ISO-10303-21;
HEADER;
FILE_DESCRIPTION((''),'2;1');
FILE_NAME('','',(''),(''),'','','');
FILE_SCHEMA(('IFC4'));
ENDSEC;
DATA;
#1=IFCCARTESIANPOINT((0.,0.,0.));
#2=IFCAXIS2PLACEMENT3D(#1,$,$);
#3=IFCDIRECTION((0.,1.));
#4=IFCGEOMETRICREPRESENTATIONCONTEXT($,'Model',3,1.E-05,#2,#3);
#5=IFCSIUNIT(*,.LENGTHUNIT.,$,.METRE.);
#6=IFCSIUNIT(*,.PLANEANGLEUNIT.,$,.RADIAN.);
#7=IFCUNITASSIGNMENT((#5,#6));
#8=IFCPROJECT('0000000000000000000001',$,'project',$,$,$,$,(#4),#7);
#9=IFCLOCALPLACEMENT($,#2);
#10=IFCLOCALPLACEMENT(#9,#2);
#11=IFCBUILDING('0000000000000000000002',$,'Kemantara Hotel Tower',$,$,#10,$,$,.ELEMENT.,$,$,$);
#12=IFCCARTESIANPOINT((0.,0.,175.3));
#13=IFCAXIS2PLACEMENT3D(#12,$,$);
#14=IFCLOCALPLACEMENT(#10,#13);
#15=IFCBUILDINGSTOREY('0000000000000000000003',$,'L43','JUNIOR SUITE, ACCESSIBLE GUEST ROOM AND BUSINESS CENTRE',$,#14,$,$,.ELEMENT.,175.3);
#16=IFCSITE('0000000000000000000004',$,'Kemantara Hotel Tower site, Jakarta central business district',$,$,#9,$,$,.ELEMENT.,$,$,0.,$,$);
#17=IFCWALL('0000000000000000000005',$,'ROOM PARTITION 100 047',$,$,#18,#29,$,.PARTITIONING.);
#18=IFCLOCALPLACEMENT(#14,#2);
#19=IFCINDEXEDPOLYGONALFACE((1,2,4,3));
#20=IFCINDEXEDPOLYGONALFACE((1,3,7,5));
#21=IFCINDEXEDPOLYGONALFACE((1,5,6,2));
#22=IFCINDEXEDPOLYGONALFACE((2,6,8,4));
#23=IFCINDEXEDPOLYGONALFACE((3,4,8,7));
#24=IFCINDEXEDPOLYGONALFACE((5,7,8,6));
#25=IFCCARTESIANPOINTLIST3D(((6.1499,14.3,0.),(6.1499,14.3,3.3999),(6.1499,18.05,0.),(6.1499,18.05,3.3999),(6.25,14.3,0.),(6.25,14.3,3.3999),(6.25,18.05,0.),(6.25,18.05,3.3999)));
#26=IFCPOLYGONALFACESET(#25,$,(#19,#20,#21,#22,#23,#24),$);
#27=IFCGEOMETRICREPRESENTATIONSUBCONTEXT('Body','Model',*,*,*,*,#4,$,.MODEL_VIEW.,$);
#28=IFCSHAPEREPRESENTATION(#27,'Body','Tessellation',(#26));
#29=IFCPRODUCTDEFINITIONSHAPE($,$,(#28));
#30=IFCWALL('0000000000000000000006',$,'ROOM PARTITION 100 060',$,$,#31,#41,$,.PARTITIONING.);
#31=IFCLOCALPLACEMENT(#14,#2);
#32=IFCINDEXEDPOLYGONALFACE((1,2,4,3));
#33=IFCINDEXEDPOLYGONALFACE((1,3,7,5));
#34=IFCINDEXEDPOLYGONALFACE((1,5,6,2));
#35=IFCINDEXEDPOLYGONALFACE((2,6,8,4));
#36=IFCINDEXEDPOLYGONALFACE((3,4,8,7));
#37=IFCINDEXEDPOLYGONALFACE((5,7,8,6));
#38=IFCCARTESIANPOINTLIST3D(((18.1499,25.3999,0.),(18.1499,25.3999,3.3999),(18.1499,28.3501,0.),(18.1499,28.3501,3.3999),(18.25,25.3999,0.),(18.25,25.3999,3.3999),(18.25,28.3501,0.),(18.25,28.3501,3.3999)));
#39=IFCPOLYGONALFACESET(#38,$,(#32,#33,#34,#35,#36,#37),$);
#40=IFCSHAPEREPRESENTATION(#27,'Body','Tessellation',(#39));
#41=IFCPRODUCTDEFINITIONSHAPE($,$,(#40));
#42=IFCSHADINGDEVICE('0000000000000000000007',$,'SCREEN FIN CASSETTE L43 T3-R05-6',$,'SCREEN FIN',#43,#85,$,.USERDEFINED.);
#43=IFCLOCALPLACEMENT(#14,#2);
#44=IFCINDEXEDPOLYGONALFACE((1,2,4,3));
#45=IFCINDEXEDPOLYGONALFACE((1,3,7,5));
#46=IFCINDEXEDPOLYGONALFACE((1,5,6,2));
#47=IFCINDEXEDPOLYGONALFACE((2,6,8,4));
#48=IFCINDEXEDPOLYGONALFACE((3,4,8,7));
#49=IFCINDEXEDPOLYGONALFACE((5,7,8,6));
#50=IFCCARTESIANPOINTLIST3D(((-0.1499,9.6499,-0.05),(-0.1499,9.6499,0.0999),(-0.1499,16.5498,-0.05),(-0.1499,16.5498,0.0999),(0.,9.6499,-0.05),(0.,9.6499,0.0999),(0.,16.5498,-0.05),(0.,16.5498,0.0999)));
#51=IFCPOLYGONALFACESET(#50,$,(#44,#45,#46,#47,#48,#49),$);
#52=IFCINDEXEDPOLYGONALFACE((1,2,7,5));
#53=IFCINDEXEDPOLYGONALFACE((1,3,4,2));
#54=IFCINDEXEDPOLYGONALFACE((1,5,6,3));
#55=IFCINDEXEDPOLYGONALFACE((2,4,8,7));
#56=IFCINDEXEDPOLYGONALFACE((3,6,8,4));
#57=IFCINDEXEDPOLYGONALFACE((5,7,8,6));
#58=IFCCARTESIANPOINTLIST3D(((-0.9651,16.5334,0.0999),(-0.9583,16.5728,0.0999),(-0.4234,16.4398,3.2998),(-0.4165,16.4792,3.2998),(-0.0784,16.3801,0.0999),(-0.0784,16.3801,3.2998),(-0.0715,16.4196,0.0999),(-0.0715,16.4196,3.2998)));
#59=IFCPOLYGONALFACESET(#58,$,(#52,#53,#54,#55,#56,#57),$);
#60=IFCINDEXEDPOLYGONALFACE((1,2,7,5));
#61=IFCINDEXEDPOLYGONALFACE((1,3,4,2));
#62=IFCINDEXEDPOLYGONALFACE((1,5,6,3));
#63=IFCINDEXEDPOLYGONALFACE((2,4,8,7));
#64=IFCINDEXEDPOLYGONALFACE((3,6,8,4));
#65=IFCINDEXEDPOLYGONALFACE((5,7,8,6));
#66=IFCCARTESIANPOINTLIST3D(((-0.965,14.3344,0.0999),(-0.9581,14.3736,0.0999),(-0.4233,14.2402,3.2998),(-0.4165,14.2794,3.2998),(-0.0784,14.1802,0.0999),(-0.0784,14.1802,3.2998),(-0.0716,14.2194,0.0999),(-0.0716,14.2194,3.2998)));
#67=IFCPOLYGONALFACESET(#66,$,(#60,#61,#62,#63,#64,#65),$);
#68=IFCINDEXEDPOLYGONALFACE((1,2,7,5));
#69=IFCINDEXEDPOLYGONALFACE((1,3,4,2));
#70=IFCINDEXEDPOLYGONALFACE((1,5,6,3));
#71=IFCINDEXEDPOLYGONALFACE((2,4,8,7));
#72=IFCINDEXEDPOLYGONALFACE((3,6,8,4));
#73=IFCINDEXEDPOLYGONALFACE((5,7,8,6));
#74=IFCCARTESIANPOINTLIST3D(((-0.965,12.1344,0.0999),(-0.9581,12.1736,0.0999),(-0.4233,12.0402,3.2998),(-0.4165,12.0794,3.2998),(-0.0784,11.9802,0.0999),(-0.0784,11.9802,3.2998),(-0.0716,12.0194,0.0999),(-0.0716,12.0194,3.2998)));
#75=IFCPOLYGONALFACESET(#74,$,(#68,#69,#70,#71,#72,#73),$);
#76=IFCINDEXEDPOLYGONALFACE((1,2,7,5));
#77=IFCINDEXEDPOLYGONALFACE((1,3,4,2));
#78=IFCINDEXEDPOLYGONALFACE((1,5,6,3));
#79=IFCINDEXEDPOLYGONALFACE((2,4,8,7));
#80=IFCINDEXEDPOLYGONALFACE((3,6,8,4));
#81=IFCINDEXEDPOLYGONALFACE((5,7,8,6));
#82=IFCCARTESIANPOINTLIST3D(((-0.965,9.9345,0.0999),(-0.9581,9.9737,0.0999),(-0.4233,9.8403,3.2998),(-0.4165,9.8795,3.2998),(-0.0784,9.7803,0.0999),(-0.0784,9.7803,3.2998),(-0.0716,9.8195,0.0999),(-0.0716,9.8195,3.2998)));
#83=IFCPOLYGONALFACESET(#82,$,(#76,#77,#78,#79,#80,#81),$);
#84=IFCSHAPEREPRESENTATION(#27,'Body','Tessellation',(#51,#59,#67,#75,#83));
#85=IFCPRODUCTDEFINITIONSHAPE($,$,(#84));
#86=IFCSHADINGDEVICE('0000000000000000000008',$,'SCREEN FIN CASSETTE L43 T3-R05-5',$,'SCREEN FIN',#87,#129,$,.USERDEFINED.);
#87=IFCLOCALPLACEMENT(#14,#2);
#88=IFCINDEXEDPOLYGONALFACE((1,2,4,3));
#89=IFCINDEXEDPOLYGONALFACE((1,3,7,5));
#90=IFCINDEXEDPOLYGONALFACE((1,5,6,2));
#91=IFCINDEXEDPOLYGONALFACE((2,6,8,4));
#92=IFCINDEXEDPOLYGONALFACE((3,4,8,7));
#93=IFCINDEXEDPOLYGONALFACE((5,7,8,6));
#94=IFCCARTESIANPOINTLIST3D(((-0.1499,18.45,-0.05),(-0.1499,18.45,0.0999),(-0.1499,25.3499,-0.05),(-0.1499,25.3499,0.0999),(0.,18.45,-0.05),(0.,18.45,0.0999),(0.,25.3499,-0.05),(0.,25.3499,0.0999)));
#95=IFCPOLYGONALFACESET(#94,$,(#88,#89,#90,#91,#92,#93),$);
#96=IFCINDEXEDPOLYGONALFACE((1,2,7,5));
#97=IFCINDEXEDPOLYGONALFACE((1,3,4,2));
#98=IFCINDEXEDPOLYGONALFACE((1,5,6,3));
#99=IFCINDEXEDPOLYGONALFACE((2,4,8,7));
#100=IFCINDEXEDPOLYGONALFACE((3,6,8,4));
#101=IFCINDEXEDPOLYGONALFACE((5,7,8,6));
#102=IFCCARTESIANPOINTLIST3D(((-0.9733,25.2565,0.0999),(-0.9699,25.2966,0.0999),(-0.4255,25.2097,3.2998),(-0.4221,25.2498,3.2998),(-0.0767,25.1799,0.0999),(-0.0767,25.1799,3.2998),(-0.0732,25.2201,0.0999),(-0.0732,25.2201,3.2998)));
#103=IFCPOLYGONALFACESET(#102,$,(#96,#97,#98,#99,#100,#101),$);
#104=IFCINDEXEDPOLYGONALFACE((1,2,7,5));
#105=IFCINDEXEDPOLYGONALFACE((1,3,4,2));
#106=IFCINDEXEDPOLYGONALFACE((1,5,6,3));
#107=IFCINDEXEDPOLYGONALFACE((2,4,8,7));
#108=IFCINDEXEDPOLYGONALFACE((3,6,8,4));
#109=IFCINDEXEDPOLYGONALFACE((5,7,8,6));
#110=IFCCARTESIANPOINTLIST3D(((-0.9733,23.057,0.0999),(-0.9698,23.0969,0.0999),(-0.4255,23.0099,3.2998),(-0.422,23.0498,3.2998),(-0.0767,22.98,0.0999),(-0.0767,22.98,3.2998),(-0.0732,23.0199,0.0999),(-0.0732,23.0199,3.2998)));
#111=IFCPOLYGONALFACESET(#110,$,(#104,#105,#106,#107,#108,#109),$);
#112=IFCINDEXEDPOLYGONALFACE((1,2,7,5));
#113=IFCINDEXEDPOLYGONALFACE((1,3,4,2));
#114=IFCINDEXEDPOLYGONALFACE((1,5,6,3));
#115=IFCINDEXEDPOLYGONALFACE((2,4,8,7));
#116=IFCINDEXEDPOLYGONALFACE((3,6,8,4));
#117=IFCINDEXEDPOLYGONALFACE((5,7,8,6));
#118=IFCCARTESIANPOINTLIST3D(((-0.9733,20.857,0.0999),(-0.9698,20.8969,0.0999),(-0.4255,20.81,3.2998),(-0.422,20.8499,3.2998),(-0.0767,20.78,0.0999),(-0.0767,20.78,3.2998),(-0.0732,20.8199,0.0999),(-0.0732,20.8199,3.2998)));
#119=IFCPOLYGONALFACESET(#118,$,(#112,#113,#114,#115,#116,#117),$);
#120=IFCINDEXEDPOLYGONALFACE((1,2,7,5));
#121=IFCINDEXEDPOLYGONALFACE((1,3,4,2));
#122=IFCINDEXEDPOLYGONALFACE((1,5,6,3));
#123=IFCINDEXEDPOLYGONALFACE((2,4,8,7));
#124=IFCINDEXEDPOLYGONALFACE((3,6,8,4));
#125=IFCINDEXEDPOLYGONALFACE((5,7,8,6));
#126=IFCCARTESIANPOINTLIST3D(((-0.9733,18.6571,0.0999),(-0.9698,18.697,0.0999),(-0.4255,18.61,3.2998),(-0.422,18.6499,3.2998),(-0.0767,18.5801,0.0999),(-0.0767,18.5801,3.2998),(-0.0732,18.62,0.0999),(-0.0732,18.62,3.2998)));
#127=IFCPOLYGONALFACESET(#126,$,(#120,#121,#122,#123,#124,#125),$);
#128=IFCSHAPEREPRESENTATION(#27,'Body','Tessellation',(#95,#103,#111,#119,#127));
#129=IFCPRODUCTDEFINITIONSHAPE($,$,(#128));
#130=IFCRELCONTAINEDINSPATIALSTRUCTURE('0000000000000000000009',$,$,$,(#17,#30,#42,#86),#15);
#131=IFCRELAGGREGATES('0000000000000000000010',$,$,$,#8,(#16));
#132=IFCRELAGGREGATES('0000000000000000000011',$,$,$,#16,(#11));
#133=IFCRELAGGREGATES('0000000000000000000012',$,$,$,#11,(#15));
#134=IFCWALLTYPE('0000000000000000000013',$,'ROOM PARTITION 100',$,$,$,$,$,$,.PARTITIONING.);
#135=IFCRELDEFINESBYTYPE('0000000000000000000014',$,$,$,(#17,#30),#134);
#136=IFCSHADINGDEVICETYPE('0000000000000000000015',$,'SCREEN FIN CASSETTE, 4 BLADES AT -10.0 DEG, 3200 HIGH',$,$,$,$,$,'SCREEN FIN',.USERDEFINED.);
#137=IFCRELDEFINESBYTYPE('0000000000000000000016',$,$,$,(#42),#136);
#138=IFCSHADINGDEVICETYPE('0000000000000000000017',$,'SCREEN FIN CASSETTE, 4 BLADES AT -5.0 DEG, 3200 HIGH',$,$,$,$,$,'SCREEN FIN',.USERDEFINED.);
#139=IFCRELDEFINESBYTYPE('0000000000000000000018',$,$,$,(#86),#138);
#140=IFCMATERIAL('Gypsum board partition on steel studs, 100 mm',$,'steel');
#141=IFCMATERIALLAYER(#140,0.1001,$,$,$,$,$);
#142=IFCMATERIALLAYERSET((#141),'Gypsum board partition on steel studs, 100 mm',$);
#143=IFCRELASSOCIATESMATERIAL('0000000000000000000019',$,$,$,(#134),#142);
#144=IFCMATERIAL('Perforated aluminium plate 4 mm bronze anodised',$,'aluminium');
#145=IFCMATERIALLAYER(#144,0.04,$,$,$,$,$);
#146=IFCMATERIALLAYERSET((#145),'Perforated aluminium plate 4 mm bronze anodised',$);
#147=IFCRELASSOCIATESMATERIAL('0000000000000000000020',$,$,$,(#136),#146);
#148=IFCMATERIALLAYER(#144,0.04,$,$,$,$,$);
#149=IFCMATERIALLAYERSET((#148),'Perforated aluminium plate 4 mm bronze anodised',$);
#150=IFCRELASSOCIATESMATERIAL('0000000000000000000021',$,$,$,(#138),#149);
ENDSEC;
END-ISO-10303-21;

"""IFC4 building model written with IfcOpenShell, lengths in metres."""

from ifc_helpers import new_model, si_unit, direction, frame, frame_2d, origin, origin_2d, place, context, subcontext, project, spatial, polyline, rectangle, outline, extrude, source, transform, mapped, material, layer, layer_set, type_object, element, save


model = new_model("IFC4")

# Units and contexts
model_context = context("Model", 3, precision=1e-05, world=origin(), true_north=direction((0.0, 1.0)))
body_context = subcontext(model_context, "Body", "Model", "MODEL_VIEW")
ifc_project = project(units=[si_unit("LENGTHUNIT", "METRE"), si_unit("PLANEANGLEUNIT", "RADIAN")], contexts=[model_context])

# Site, building, storey
site_placement = place(None, origin())
site = spatial("IfcSite", under=ifc_project, at=site_placement, Name="Kemantara Hotel Tower site, Jakarta central business district", CompositionType="ELEMENT", RefElevation=0.0)
building_placement = place(site_placement, origin())
building = spatial("IfcBuilding", under=site, at=building_placement, Name="Kemantara Hotel Tower", CompositionType="ELEMENT")
storey_placement = place(building_placement, frame((0.0, 0.0, 175.3)))
storey = spatial("IfcBuildingStorey", under=building, at=storey_placement, Name="L43", Description="JUNIOR SUITE, ACCESSIBLE GUEST ROOM AND BUSINESS CENTRE", CompositionType="ELEMENT", Elevation=175.3)

# Shared definitions
ifc_material_1 = material(Name="Gypsum board partition on steel studs, 100 mm", Category="steel")
ifc_layer_1 = layer(ifc_material_1, 0.1001)
ifc_layer_set_1 = layer_set([ifc_layer_1], Name="Gypsum board partition on steel studs, 100 mm")
wall_type_1 = type_object("IfcWallType", Name="ROOM PARTITION 100", PredefinedType="PARTITIONING", material=ifc_layer_set_1)

# Walls
wall_1_placement = place(storey_placement, frame((6.2, 14.3, 0.0), z_axis=(0.0, 0.0, 1.0), x_axis=(0.0, 1.0, 0.0)))
element("IfcWall", 1, at=wall_1_placement, inside=storey, type_object=wall_type_1, Name="ROOM PARTITION 100 047", PredefinedType="PARTITIONING", context=body_context, shape_type="SweptSolid", body=[
    extrude(rectangle(XDim=3.75, YDim=0.1001, at=frame_2d((1.875, 0.0))), origin(), (0.0, 0.0, 1.0), 3.3999),
])
wall_2_placement = place(storey_placement, frame((18.2, 25.3999, 0.0), z_axis=(0.0, 0.0, 1.0), x_axis=(0.0, 1.0, 0.0)))
element("IfcWall", 2, at=wall_2_placement, inside=storey, type_object=wall_type_1, Name="ROOM PARTITION 100 060", PredefinedType="PARTITIONING", context=body_context, shape_type="SweptSolid", body=[
    extrude(rectangle(XDim=2.9502, YDim=0.1001, at=frame_2d((1.4751, 0.0))), origin(), (0.0, 0.0, 1.0), 3.3999),
])

# Shading devices
ifc_material_2 = material(Name="Perforated aluminium plate 4 mm bronze anodised", Category="aluminium")
ifc_layer_2 = layer(ifc_material_2, 0.04)
ifc_layer_set_2 = layer_set([ifc_layer_2], Name="Perforated aluminium plate 4 mm bronze anodised")
shading_device_type_1 = type_object("IfcShadingDeviceType", Name="SCREEN FIN CASSETTE, 4 BLADES AT -10.0 DEG, 3200 HIGH", ElementType="SCREEN FIN", PredefinedType="USERDEFINED", material=ifc_layer_set_2)
shared_shape_1 = source(origin(), body_context, "Body", "SweptSolid", [
    extrude(rectangle(XDim=6.8999, YDim=0.1499, at=origin_2d()), frame((3.3, -0.075, -0.1499), z_axis=(0.0, 0.0, 1.0), x_axis=(1.0, 0.0, 0.0)), (0.0, 0.0, 1.0), 0.1499),
    extrude(outline(polyline([(0.0, 0.0), (0.8999, 0.0), (0.3501, 3.2), (0.0, 3.2), (0.0, 0.0)])), frame((0.0198, -0.0784, 0.0), z_axis=(-0.98539, 0.170314, 0.0), x_axis=(-0.170314, -0.98539, 0.0)), (0.0, 0.0, 1.0), 0.04),
    extrude(outline(polyline([(0.0, 0.0), (0.8999, 0.0), (0.3501, 3.2), (0.0, 3.2), (0.0, 0.0)])), frame((2.2197, -0.0784, 0.0), z_axis=(-0.985212, 0.171341, 0.0), x_axis=(-0.171341, -0.985212, 0.0)), (0.0, 0.0, 1.0), 0.0398),
    extrude(outline(polyline([(0.0, 0.0), (0.8999, 0.0), (0.3501, 3.2), (0.0, 3.2), (0.0, 0.0)])), frame((4.4197, -0.0784, 0.0), z_axis=(-0.985212, 0.171341, 0.0), x_axis=(-0.171341, -0.985212, 0.0)), (0.0, 0.0, 1.0), 0.0398),
    extrude(outline(polyline([(0.0, 0.0), (0.8999, 0.0), (0.3501, 3.2), (0.0, 3.2), (0.0, 0.0)])), frame((6.6196, -0.0784, 0.0), z_axis=(-0.985212, 0.171341, 0.0), x_axis=(-0.171341, -0.985212, 0.0)), (0.0, 0.0, 1.0), 0.0398),
])
shading_device_1_placement = place(storey_placement, frame((0.0, 16.3999, 0.0999), z_axis=(0.0, 0.0, 1.0), x_axis=(0.0, -1.0, 0.0)))
element("IfcShadingDevice", 3, at=shading_device_1_placement, inside=storey, type_object=shading_device_type_1, Name="SCREEN FIN CASSETTE L43 T3-R05-6", ObjectType="SCREEN FIN", PredefinedType="USERDEFINED", context=body_context, shape_type="MappedRepresentation", body=[
    mapped(shared_shape_1, transform((0.0, 0.0, 0.0))),
])
ifc_layer_3 = layer(ifc_material_2, 0.04)
ifc_layer_set_3 = layer_set([ifc_layer_3], Name="Perforated aluminium plate 4 mm bronze anodised")
shading_device_type_2 = type_object("IfcShadingDeviceType", Name="SCREEN FIN CASSETTE, 4 BLADES AT -5.0 DEG, 3200 HIGH", ElementType="SCREEN FIN", PredefinedType="USERDEFINED", material=ifc_layer_set_3)
shared_shape_2 = source(origin(), body_context, "Body", "SweptSolid", [
    extrude(rectangle(XDim=6.8999, YDim=0.1499, at=origin_2d()), frame((3.3, -0.075, -0.1499), z_axis=(0.0, 0.0, 1.0), x_axis=(1.0, 0.0, 0.0)), (0.0, 0.0, 1.0), 0.1499),
    extrude(outline(polyline([(0.0, 0.0), (0.8999, 0.0), (0.3501, 3.2), (0.0, 3.2), (0.0, 0.0)])), frame((0.02, -0.0767, 0.0), z_axis=(-0.996376, 0.085056, 0.0), x_axis=(-0.085056, -0.996376, 0.0)), (0.0, 0.0, 1.0), 0.0403),
    extrude(outline(polyline([(0.0, 0.0), (0.8999, 0.0), (0.3501, 3.2), (0.0, 3.2), (0.0, 0.0)])), frame((2.22, -0.0767, 0.0), z_axis=(-0.996332, 0.085575, 0.0), x_axis=(-0.085575, -0.996332, 0.0)), (0.0, 0.0, 1.0), 0.04),
    extrude(outline(polyline([(0.0, 0.0), (0.8999, 0.0), (0.3501, 3.2), (0.0, 3.2), (0.0, 0.0)])), frame((4.4199, -0.0767, 0.0), z_axis=(-0.996332, 0.085575, 0.0), x_axis=(-0.085575, -0.996332, 0.0)), (0.0, 0.0, 1.0), 0.04),
    extrude(outline(polyline([(0.0, 0.0), (0.8999, 0.0), (0.3501, 3.2), (0.0, 3.2), (0.0, 0.0)])), frame((6.6199, -0.0767, 0.0), z_axis=(-0.996332, 0.085575, 0.0), x_axis=(-0.085575, -0.996332, 0.0)), (0.0, 0.0, 1.0), 0.04),
])
shading_device_2_placement = place(storey_placement, frame((0.0, 25.2, 0.0999), z_axis=(0.0, 0.0, 1.0), x_axis=(0.0, -1.0, 0.0)))
element("IfcShadingDevice", 4, at=shading_device_2_placement, inside=storey, type_object=shading_device_type_2, Name="SCREEN FIN CASSETTE L43 T3-R05-5", ObjectType="SCREEN FIN", PredefinedType="USERDEFINED", context=body_context, shape_type="MappedRepresentation", body=[
    mapped(shared_shape_2, transform((0.0, 0.0, 0.0))),
])

save(model, "model.ifc")
